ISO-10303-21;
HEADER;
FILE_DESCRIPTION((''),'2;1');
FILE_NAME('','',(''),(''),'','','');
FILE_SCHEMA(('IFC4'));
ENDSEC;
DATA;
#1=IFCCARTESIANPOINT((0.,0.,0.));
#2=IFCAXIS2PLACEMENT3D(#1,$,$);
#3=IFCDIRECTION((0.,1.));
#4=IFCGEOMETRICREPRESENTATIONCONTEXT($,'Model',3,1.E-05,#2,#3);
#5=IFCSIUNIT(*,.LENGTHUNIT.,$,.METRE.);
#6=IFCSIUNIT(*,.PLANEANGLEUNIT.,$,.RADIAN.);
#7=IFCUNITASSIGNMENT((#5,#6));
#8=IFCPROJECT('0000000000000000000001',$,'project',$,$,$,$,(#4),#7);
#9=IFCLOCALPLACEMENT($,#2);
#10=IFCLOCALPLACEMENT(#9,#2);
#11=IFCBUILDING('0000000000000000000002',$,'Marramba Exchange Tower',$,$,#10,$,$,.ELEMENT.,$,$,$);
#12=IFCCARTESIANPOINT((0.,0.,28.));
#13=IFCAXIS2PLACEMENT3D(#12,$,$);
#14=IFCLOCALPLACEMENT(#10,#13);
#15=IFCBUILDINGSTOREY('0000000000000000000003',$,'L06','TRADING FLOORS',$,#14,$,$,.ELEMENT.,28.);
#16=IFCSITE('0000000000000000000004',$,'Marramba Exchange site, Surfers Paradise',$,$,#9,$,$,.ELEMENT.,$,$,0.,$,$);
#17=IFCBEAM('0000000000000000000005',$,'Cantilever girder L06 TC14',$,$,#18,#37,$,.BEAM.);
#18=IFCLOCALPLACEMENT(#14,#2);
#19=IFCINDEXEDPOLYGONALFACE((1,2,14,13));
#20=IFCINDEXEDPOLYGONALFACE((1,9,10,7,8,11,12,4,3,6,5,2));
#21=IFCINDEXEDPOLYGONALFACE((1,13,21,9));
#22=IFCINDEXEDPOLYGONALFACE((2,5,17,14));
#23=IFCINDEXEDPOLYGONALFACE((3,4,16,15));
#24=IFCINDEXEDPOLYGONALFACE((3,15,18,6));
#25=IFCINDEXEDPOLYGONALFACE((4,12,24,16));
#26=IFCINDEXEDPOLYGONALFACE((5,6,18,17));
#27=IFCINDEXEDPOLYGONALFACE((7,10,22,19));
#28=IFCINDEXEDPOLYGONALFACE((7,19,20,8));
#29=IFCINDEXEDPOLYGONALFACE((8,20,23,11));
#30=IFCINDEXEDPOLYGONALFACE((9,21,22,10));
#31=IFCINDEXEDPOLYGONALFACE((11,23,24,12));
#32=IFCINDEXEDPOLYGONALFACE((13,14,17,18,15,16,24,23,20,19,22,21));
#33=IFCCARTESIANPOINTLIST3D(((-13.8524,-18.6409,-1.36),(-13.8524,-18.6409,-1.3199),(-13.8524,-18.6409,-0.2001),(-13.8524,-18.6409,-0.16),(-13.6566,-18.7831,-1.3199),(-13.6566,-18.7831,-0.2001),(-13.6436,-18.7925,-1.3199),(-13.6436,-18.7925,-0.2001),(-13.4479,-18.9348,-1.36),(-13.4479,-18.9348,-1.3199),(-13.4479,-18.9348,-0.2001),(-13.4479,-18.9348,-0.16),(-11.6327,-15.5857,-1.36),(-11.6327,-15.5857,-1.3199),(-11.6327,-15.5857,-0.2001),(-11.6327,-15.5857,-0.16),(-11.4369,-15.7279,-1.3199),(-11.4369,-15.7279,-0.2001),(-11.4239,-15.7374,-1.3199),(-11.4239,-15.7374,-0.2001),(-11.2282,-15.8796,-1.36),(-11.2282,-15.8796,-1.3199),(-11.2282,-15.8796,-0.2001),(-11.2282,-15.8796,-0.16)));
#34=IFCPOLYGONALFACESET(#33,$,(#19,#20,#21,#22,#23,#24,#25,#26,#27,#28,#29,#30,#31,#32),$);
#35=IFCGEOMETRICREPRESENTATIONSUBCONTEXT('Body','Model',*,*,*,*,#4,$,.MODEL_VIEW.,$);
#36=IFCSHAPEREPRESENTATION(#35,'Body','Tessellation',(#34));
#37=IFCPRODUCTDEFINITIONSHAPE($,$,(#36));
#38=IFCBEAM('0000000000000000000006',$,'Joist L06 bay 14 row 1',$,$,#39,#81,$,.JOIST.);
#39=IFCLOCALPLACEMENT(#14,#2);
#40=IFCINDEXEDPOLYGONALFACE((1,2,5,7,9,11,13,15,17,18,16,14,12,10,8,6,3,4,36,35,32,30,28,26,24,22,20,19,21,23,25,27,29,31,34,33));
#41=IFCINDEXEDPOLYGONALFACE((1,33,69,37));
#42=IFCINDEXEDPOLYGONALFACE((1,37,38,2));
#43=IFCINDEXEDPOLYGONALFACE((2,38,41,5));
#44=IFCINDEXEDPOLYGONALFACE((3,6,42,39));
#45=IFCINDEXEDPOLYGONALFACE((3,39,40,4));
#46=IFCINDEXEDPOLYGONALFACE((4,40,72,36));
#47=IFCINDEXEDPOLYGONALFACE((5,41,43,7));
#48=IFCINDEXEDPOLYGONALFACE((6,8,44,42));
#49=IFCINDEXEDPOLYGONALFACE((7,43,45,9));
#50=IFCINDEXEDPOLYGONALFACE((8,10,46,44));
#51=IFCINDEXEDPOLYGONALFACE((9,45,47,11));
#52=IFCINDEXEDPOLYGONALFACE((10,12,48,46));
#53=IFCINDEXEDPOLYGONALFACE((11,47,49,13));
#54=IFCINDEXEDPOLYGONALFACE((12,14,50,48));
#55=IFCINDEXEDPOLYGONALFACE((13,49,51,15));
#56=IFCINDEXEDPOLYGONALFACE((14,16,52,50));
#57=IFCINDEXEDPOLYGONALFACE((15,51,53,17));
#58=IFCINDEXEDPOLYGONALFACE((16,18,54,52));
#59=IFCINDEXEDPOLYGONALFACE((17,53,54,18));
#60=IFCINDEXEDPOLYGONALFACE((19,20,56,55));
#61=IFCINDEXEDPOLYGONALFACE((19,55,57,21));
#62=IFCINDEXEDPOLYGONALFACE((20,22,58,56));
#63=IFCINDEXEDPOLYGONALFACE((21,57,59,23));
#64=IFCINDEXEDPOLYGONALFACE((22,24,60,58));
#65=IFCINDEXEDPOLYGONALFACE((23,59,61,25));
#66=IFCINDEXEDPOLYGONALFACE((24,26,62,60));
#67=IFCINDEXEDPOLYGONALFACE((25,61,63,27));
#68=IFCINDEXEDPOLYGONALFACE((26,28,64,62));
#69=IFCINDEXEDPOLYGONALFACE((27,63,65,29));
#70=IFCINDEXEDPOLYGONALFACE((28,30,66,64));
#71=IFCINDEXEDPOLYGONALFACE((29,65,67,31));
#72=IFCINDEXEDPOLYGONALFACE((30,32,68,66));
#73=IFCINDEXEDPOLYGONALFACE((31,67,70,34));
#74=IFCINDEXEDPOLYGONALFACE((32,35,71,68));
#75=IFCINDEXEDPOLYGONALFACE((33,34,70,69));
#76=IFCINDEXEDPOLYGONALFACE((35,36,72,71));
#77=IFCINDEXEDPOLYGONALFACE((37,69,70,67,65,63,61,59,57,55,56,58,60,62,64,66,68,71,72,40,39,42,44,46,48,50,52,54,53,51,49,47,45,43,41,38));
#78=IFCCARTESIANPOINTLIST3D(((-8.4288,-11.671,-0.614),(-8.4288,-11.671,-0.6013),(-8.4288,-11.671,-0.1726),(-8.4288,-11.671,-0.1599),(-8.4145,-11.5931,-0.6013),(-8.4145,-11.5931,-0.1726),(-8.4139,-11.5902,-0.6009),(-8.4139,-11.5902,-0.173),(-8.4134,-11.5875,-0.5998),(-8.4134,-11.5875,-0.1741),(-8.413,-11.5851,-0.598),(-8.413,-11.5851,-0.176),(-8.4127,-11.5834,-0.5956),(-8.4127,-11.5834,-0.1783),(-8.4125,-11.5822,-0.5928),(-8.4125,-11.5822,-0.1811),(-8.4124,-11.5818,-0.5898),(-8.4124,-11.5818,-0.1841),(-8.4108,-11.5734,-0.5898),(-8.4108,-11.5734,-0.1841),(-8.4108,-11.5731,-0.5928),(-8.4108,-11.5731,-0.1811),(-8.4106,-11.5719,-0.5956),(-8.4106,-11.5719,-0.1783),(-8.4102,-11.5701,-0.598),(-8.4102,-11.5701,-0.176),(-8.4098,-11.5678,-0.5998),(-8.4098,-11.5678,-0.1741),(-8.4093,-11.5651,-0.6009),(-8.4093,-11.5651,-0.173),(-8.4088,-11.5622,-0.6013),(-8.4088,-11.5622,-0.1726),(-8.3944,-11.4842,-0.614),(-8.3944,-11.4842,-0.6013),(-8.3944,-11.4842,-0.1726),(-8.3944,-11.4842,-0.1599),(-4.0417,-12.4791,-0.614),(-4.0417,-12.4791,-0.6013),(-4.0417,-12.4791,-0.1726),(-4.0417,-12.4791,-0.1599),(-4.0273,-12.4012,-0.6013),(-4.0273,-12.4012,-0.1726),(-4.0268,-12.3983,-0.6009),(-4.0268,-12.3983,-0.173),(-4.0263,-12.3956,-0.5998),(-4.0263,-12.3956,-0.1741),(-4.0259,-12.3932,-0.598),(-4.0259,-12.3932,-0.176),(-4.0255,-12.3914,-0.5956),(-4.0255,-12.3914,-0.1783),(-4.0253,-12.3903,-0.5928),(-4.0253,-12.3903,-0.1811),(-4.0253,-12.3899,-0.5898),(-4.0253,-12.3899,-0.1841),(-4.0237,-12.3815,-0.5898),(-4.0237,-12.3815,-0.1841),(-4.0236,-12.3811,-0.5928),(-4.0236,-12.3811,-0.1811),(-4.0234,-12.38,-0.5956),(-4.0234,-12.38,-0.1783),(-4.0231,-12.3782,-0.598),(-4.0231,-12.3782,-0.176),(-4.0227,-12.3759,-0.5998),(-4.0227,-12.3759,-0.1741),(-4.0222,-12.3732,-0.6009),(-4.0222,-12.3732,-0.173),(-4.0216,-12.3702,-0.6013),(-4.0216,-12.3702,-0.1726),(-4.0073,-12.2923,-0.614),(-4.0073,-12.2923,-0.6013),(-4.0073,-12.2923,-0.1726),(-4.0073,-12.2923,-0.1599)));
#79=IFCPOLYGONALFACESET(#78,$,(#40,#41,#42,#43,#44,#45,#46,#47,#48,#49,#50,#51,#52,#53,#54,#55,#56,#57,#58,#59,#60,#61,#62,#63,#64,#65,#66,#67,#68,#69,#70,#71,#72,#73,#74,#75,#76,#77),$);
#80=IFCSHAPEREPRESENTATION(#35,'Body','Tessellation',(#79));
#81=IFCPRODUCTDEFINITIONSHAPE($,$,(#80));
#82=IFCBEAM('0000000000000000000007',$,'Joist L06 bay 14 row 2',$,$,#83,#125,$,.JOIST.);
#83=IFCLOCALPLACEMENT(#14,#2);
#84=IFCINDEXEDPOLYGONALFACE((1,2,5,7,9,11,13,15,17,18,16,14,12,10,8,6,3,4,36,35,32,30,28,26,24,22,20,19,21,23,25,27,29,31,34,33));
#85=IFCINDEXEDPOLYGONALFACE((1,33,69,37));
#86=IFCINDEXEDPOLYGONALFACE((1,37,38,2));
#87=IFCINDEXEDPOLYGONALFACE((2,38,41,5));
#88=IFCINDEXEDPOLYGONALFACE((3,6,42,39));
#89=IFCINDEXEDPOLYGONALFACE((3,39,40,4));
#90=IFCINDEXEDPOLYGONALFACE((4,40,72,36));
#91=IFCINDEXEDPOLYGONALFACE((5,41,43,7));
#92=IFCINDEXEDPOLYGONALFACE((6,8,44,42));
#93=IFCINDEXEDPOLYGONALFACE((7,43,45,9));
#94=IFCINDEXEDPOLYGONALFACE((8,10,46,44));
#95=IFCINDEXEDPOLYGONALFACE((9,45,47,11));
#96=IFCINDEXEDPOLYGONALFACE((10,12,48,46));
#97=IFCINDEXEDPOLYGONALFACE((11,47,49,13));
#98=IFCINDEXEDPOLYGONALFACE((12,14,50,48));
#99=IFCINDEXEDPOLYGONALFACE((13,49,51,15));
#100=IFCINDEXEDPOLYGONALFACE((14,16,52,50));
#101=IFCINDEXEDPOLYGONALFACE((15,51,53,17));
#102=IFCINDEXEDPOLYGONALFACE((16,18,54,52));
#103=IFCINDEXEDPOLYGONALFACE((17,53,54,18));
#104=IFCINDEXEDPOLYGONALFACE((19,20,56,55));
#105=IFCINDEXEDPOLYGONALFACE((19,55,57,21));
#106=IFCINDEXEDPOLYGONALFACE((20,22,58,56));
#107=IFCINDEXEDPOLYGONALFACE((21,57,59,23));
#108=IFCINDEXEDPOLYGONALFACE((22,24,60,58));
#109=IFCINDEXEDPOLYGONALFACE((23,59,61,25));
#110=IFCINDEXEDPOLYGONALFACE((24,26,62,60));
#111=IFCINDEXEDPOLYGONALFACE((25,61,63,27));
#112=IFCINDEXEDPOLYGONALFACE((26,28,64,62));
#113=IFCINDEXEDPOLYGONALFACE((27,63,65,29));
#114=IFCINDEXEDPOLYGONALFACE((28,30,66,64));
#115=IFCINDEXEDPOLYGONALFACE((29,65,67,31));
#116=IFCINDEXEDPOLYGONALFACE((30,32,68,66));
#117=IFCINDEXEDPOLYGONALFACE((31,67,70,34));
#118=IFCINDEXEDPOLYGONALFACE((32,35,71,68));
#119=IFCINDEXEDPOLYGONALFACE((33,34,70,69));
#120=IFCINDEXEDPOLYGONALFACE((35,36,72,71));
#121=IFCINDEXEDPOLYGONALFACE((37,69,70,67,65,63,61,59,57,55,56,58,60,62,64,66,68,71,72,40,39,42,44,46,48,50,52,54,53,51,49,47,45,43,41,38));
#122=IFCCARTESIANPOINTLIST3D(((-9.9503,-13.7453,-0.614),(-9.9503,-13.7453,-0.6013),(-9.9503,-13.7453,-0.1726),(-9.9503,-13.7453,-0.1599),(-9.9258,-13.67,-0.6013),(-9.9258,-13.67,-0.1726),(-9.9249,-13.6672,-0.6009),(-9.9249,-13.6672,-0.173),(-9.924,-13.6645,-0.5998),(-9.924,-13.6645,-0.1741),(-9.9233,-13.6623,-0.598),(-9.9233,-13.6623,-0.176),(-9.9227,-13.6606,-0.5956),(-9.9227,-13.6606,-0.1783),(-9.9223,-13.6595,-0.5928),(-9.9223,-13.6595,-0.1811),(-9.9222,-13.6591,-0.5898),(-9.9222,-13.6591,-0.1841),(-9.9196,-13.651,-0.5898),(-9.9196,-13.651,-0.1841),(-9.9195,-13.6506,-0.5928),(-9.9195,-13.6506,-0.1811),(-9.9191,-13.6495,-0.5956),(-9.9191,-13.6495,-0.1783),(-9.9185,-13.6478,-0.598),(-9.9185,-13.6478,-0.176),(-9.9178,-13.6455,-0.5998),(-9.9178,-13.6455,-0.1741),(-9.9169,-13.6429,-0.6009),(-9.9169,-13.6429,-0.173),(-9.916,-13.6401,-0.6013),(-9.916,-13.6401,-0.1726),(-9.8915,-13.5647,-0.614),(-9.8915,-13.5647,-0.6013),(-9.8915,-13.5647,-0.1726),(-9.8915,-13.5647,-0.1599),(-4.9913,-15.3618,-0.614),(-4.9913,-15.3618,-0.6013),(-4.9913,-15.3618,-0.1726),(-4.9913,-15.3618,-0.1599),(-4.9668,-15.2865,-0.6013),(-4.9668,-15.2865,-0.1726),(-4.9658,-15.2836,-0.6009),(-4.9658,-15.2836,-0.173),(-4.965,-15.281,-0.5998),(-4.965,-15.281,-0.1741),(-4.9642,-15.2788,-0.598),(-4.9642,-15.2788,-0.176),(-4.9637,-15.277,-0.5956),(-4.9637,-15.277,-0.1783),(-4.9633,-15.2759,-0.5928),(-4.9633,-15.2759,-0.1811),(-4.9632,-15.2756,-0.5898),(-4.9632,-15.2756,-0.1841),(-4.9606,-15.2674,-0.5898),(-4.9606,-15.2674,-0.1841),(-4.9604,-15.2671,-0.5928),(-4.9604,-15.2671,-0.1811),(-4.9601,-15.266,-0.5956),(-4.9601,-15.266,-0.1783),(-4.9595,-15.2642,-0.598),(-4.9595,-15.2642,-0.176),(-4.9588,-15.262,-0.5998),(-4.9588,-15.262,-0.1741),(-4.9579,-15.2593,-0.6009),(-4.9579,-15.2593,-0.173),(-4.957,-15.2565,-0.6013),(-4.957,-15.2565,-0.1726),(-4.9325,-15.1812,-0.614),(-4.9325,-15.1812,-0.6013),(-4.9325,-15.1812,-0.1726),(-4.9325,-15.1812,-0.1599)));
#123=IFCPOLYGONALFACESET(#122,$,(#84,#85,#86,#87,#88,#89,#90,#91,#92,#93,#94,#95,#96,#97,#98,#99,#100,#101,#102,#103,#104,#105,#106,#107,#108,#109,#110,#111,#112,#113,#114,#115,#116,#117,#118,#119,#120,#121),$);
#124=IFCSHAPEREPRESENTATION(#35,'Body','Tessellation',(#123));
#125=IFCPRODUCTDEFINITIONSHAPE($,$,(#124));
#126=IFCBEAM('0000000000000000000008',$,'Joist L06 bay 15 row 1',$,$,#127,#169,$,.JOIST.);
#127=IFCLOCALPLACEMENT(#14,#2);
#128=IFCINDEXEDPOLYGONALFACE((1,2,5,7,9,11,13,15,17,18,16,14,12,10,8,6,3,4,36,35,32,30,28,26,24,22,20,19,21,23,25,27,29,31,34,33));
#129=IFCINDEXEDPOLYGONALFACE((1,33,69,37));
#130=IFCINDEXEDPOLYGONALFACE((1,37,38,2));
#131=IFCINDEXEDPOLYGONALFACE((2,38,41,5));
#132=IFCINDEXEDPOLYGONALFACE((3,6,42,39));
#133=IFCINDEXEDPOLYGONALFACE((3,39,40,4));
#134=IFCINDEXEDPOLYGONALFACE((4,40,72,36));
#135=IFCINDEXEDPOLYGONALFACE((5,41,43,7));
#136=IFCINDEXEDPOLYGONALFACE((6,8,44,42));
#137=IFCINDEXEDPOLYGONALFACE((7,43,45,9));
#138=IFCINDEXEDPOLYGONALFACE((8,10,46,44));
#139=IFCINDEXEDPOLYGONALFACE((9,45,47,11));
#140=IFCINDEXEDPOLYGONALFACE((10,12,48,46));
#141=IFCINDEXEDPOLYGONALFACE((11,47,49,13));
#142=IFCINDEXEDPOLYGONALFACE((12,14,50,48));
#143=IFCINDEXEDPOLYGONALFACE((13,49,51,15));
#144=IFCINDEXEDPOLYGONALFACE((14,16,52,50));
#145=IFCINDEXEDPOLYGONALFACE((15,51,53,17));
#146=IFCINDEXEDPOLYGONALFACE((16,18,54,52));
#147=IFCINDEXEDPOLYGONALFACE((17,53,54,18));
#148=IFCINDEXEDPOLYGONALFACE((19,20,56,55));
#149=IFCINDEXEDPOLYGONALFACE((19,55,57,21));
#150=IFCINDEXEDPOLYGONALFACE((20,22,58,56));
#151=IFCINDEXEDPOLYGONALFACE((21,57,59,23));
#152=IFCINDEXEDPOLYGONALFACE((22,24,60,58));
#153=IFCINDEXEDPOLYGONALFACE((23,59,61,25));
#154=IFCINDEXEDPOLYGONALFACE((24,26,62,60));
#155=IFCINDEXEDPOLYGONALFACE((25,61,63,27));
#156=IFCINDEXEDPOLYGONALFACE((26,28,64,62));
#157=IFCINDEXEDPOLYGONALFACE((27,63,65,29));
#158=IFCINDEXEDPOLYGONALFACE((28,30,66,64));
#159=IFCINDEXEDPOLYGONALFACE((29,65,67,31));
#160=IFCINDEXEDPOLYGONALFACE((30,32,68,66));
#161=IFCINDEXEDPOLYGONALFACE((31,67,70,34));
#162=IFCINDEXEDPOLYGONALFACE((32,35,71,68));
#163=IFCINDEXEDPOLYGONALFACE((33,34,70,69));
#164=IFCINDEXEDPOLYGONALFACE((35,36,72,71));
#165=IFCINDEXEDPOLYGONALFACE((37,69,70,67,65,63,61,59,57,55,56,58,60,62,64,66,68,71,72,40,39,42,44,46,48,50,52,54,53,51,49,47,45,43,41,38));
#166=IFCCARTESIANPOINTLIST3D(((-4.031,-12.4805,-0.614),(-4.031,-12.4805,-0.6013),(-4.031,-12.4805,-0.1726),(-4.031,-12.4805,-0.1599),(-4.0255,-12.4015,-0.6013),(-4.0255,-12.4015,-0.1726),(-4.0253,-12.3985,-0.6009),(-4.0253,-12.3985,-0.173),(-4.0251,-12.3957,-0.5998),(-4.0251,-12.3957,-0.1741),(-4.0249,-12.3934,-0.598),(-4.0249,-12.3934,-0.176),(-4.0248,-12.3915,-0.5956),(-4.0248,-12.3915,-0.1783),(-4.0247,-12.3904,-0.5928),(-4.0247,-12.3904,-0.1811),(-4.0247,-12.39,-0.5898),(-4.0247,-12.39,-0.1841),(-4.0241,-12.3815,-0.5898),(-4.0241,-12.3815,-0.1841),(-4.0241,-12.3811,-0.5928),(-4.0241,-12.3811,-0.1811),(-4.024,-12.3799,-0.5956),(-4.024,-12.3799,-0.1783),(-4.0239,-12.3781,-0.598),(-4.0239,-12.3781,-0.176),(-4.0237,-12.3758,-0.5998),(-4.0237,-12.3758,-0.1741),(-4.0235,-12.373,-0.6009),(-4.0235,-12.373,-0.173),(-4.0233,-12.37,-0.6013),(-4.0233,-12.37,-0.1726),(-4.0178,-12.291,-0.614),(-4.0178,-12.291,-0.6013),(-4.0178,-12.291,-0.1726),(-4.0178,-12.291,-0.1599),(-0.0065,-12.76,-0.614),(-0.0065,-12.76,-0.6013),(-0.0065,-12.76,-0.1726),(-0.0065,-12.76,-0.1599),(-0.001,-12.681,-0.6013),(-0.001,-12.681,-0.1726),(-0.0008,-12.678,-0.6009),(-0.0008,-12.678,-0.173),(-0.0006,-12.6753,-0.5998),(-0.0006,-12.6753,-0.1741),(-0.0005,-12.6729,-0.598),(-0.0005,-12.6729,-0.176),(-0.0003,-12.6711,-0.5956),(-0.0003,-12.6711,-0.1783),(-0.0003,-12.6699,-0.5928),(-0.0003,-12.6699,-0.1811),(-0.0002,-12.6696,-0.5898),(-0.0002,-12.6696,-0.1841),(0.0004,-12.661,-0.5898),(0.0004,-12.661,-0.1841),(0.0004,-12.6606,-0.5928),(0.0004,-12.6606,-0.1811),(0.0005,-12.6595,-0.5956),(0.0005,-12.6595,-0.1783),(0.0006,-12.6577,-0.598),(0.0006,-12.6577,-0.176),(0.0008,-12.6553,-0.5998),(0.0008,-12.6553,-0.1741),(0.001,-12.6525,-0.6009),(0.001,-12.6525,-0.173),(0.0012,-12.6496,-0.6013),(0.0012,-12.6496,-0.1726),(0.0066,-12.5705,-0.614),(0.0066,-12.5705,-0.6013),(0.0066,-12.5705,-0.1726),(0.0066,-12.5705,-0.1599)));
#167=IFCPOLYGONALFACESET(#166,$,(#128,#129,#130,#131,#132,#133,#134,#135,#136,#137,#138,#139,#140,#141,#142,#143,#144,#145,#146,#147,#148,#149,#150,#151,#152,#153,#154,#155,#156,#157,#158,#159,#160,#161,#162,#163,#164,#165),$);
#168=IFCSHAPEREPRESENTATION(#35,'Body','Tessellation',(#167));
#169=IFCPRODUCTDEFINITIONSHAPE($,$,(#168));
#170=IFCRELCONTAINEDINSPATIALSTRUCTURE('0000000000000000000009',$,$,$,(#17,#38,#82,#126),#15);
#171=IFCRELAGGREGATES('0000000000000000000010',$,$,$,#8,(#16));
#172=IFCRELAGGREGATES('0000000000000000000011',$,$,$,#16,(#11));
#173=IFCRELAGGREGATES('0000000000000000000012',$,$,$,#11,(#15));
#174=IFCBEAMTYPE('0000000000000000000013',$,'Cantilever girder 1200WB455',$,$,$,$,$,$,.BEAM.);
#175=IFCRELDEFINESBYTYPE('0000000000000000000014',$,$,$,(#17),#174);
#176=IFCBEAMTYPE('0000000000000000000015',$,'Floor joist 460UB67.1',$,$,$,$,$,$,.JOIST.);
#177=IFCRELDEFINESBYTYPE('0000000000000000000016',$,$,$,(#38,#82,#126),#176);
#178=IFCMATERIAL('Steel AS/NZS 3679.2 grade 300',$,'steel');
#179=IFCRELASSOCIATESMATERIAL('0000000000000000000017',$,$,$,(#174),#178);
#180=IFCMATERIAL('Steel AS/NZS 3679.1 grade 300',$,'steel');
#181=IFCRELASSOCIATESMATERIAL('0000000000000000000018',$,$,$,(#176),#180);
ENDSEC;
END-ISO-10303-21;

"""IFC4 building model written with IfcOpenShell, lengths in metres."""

from ifc_helpers import new_model, si_unit, direction, frame, origin, origin_2d, place, context, subcontext, project, spatial, i_section, extrude, material, material_profile, profile_set, type_object, element, save


model = new_model("IFC4")

# Units and contexts
model_context = context("Model", 3, precision=1e-05, world=origin(), true_north=direction((0.0, 1.0)))
body_context = subcontext(model_context, "Body", "Model", "MODEL_VIEW")
ifc_project = project(units=[si_unit("LENGTHUNIT", "METRE"), si_unit("PLANEANGLEUNIT", "RADIAN")], contexts=[model_context])

# Site, building, storey
site_placement = place(None, origin())
site = spatial("IfcSite", under=ifc_project, at=site_placement, Name="Marramba Exchange site, Surfers Paradise", CompositionType="ELEMENT", RefElevation=0.0)
building_placement = place(site_placement, origin())
building = spatial("IfcBuilding", under=site, at=building_placement, Name="Marramba Exchange Tower", CompositionType="ELEMENT")
storey_placement = place(building_placement, frame((0.0, 0.0, 28.0)))
storey = spatial("IfcBuildingStorey", under=building, at=storey_placement, Name="L06", Description="TRADING FLOORS", CompositionType="ELEMENT", Elevation=28.0)

# Beams
ifc_material_1 = material(Name="Steel AS/NZS 3679.2 grade 300", Category="steel")
ifc_material_profile_1 = material_profile(ifc_material_1, i_section(OverallWidth=0.5, OverallDepth=1.2, WebThickness=0.0161, FlangeThickness=0.04, at=origin_2d()), Name="1200WB455")
ifc_profile_set_1 = profile_set([ifc_material_profile_1], Name="Steel AS/NZS 3679.2 grade 300")
beam_type_1 = type_object("IfcBeamType", Name="Cantilever girder 1200WB455", PredefinedType="BEAM", material=ifc_profile_set_1)
beam_1_placement = place(storey_placement, frame((-11.4304, -15.7327, -0.76), z_axis=(-0.587787, -0.809016, 0.0), x_axis=(0.809016, -0.587787, 0.0)))
element("IfcBeam", 1, at=beam_1_placement, inside=storey, type_object=beam_type_1, Name="Cantilever girder L06 TC14", PredefinedType="BEAM", context=body_context, shape_type="SweptSolid", body=[
    extrude(i_section(OverallWidth=0.5, OverallDepth=1.2, WebThickness=0.0161, FlangeThickness=0.04, at=origin_2d()), origin(), (0.0, 0.0, 1.0), 3.7764),
])
ifc_material_2 = material(Name="Steel AS/NZS 3679.1 grade 300", Category="steel")
ifc_material_profile_2 = material_profile(ifc_material_2, i_section(OverallWidth=0.1899, OverallDepth=0.4541, WebThickness=0.0085, FlangeThickness=0.0127, FilletRadius=0.0115, at=origin_2d()), Name="460UB67.1")
ifc_profile_set_2 = profile_set([ifc_material_profile_2], Name="Steel AS/NZS 3679.1 grade 300")
beam_type_2 = type_object("IfcBeamType", Name="Floor joist 460UB67.1", PredefinedType="JOIST", material=ifc_profile_set_2)
beam_2_placement = place(storey_placement, frame((-8.4116, -11.5776, -0.387), z_axis=(0.983456, -0.181149, 0.0), x_axis=(0.181149, 0.983456, 0.0)))
element("IfcBeam", 2, at=beam_2_placement, inside=storey, type_object=beam_type_2, Name="Joist L06 bay 14 row 1", PredefinedType="JOIST", context=body_context, shape_type="SweptSolid", body=[
    extrude(i_section(OverallWidth=0.1899, OverallDepth=0.4541, WebThickness=0.0085, FlangeThickness=0.0127, FilletRadius=0.0115, at=origin_2d()), origin(), (0.0, 0.0, 1.0), 4.4609),
])
beam_3_placement = place(storey_placement, frame((-9.9209, -13.655, -0.387), z_axis=(0.950764, -0.309916, 0.0), x_axis=(0.309916, 0.950764, 0.0)))
element("IfcBeam", 3, at=beam_3_placement, inside=storey, type_object=beam_type_2, Name="Joist L06 bay 14 row 2", PredefinedType="JOIST", context=body_context, shape_type="SweptSolid", body=[
    extrude(i_section(OverallWidth=0.1899, OverallDepth=0.4541, WebThickness=0.0085, FlangeThickness=0.0127, FilletRadius=0.0115, at=origin_2d()), origin(), (0.0, 0.0, 1.0), 5.2158),
])
beam_4_placement = place(storey_placement, frame((-4.0244, -12.3857, -0.387), z_axis=(0.997596, -0.069294, 0.0), x_axis=(0.069294, 0.997596, 0.0)))
element("IfcBeam", 4, at=beam_4_placement, inside=storey, type_object=beam_type_2, Name="Joist L06 bay 15 row 1", PredefinedType="JOIST", context=body_context, shape_type="SweptSolid", body=[
    extrude(i_section(OverallWidth=0.1899, OverallDepth=0.4541, WebThickness=0.0085, FlangeThickness=0.0127, FilletRadius=0.0115, at=origin_2d()), origin(), (0.0, 0.0, 1.0), 4.0342),
])

save(model, "model.ifc")
